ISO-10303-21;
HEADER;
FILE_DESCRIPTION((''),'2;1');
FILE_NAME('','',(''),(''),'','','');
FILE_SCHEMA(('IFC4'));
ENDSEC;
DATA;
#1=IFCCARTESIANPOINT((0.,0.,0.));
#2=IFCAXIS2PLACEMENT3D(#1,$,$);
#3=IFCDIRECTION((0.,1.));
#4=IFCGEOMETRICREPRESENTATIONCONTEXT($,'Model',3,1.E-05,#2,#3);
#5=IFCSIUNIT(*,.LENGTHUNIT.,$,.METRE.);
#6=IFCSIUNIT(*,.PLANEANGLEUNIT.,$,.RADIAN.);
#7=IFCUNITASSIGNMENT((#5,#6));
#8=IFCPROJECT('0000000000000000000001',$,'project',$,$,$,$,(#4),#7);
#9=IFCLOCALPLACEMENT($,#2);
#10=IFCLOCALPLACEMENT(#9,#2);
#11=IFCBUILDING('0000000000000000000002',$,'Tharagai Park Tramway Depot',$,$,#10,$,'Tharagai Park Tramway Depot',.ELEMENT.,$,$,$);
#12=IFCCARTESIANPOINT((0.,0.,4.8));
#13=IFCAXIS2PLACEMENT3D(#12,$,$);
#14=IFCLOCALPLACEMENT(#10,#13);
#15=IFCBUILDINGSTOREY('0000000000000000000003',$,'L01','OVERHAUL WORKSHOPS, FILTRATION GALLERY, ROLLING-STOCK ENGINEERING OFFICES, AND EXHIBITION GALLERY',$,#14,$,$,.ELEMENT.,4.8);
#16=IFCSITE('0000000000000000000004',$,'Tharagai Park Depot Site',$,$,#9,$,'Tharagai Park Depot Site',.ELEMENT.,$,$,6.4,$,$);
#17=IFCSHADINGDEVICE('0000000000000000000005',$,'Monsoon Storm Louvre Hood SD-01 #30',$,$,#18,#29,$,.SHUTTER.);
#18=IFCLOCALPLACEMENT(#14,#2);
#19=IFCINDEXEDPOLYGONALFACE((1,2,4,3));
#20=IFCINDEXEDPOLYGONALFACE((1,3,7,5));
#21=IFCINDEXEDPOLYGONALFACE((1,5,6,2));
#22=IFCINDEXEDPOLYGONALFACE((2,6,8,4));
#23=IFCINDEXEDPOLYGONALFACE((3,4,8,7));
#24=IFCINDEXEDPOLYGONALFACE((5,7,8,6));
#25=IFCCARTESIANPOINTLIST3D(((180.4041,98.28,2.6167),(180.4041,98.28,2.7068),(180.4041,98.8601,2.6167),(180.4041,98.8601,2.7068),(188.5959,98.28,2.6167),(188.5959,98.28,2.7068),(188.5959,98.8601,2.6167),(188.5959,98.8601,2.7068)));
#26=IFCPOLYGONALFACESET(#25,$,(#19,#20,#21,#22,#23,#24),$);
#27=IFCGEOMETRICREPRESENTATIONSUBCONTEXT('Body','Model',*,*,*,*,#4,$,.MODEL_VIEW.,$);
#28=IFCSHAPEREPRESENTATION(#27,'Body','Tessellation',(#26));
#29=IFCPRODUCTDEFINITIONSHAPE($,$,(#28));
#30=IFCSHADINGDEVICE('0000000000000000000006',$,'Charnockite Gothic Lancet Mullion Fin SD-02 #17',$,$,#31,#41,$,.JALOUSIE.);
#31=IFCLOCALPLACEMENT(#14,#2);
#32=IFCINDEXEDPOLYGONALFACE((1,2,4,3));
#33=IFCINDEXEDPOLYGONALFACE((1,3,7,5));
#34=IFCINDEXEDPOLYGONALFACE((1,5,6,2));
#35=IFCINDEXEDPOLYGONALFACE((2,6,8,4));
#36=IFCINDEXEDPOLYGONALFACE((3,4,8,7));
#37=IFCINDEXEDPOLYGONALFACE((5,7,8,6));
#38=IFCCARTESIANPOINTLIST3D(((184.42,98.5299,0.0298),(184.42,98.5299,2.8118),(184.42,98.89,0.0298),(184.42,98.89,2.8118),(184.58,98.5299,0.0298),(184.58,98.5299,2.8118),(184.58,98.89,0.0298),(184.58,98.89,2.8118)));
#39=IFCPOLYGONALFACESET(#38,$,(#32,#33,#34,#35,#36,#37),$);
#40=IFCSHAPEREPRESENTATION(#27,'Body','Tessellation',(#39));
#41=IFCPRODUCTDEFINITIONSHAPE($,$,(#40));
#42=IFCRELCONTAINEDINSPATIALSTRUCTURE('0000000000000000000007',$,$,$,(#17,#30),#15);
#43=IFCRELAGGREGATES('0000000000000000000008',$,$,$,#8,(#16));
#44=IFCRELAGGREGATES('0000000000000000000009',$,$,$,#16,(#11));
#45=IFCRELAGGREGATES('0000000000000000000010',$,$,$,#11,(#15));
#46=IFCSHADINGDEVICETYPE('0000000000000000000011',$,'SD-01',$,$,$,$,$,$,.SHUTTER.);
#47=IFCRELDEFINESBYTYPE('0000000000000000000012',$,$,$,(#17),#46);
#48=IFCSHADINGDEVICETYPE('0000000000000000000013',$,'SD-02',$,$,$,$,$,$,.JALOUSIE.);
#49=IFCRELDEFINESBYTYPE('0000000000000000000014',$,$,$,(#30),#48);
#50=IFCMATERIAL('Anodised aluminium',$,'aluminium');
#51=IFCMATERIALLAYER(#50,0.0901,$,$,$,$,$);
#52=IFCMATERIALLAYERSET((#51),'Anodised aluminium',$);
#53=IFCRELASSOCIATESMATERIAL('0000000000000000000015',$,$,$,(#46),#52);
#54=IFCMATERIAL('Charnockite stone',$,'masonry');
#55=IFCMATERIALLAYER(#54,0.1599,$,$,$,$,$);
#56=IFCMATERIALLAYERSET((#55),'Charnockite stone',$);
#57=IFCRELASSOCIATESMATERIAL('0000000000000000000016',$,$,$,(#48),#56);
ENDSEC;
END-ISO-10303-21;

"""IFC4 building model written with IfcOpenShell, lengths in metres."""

from ifc_helpers import new_model, si_unit, direction, frame, origin, origin_2d, place, context, subcontext, project, spatial, rectangle, extrude, material, layer, layer_set, type_object, element, save


model = new_model("IFC4")

# Units and contexts
model_context = context("Model", 3, precision=1e-05, world=origin(), true_north=direction((0.0, 1.0)))
body_context = subcontext(model_context, "Body", "Model", "MODEL_VIEW")
ifc_project = project(units=[si_unit("LENGTHUNIT", "METRE"), si_unit("PLANEANGLEUNIT", "RADIAN")], contexts=[model_context])

# Site, building, storey
site_placement = place(None, origin())
site = spatial("IfcSite", under=ifc_project, at=site_placement, Name="Tharagai Park Depot Site", LongName="Tharagai Park Depot Site", CompositionType="ELEMENT", RefElevation=6.4)
building_placement = place(site_placement, origin())
building = spatial("IfcBuilding", under=site, at=building_placement, Name="Tharagai Park Tramway Depot", LongName="Tharagai Park Tramway Depot", CompositionType="ELEMENT")
storey_placement = place(building_placement, frame((0.0, 0.0, 4.8)))
storey = spatial("IfcBuildingStorey", under=building, at=storey_placement, Name="L01", Description="OVERHAUL WORKSHOPS, FILTRATION GALLERY, ROLLING-STOCK ENGINEERING OFFICES, AND EXHIBITION GALLERY", CompositionType="ELEMENT", Elevation=4.8)

# Shared definitions
ifc_material_1 = material(Name="Anodised aluminium", Category="aluminium")

# Shading devices
ifc_layer_1 = layer(ifc_material_1, 0.0901)
ifc_layer_set_1 = layer_set([ifc_layer_1], Name="Anodised aluminium")
shading_device_type_1 = type_object("IfcShadingDeviceType", Name="SD-01", PredefinedType="SHUTTER", material=ifc_layer_set_1)
shading_device_1_placement = place(storey_placement, frame((184.5, 98.5701, 2.6167), z_axis=(0.0, 0.0, 1.0), x_axis=(1.0, 0.0, 0.0)))
element("IfcShadingDevice", 1, at=shading_device_1_placement, inside=storey, type_object=shading_device_type_1, Name="Monsoon Storm Louvre Hood SD-01 #30", PredefinedType="SHUTTER", context=body_context, shape_type="SweptSolid", body=[
    extrude(rectangle(XDim=8.1919, YDim=0.5801, at=origin_2d()), origin(), (0.0, 0.0, 1.0), 0.0901),
])
ifc_material_2 = material(Name="Charnockite stone", Category="masonry")
ifc_layer_2 = layer(ifc_material_2, 0.1599)
ifc_layer_set_2 = layer_set([ifc_layer_2], Name="Charnockite stone")
shading_device_type_2 = type_object("IfcShadingDeviceType", Name="SD-02", PredefinedType="JALOUSIE", material=ifc_layer_set_2)
shading_device_2_placement = place(storey_placement, frame((184.5, 98.71, 0.0298), z_axis=(0.0, 0.0, 1.0), x_axis=(1.0, 0.0, 0.0)))
element("IfcShadingDevice", 2, at=shading_device_2_placement, inside=storey, type_object=shading_device_type_2, Name="Charnockite Gothic Lancet Mullion Fin SD-02 #17", PredefinedType="JALOUSIE", context=body_context, shape_type="SweptSolid", body=[
    extrude(rectangle(XDim=0.1599, YDim=0.3601, at=origin_2d()), origin(), (0.0, 0.0, 1.0), 2.782),
])

save(model, "model.ifc")
